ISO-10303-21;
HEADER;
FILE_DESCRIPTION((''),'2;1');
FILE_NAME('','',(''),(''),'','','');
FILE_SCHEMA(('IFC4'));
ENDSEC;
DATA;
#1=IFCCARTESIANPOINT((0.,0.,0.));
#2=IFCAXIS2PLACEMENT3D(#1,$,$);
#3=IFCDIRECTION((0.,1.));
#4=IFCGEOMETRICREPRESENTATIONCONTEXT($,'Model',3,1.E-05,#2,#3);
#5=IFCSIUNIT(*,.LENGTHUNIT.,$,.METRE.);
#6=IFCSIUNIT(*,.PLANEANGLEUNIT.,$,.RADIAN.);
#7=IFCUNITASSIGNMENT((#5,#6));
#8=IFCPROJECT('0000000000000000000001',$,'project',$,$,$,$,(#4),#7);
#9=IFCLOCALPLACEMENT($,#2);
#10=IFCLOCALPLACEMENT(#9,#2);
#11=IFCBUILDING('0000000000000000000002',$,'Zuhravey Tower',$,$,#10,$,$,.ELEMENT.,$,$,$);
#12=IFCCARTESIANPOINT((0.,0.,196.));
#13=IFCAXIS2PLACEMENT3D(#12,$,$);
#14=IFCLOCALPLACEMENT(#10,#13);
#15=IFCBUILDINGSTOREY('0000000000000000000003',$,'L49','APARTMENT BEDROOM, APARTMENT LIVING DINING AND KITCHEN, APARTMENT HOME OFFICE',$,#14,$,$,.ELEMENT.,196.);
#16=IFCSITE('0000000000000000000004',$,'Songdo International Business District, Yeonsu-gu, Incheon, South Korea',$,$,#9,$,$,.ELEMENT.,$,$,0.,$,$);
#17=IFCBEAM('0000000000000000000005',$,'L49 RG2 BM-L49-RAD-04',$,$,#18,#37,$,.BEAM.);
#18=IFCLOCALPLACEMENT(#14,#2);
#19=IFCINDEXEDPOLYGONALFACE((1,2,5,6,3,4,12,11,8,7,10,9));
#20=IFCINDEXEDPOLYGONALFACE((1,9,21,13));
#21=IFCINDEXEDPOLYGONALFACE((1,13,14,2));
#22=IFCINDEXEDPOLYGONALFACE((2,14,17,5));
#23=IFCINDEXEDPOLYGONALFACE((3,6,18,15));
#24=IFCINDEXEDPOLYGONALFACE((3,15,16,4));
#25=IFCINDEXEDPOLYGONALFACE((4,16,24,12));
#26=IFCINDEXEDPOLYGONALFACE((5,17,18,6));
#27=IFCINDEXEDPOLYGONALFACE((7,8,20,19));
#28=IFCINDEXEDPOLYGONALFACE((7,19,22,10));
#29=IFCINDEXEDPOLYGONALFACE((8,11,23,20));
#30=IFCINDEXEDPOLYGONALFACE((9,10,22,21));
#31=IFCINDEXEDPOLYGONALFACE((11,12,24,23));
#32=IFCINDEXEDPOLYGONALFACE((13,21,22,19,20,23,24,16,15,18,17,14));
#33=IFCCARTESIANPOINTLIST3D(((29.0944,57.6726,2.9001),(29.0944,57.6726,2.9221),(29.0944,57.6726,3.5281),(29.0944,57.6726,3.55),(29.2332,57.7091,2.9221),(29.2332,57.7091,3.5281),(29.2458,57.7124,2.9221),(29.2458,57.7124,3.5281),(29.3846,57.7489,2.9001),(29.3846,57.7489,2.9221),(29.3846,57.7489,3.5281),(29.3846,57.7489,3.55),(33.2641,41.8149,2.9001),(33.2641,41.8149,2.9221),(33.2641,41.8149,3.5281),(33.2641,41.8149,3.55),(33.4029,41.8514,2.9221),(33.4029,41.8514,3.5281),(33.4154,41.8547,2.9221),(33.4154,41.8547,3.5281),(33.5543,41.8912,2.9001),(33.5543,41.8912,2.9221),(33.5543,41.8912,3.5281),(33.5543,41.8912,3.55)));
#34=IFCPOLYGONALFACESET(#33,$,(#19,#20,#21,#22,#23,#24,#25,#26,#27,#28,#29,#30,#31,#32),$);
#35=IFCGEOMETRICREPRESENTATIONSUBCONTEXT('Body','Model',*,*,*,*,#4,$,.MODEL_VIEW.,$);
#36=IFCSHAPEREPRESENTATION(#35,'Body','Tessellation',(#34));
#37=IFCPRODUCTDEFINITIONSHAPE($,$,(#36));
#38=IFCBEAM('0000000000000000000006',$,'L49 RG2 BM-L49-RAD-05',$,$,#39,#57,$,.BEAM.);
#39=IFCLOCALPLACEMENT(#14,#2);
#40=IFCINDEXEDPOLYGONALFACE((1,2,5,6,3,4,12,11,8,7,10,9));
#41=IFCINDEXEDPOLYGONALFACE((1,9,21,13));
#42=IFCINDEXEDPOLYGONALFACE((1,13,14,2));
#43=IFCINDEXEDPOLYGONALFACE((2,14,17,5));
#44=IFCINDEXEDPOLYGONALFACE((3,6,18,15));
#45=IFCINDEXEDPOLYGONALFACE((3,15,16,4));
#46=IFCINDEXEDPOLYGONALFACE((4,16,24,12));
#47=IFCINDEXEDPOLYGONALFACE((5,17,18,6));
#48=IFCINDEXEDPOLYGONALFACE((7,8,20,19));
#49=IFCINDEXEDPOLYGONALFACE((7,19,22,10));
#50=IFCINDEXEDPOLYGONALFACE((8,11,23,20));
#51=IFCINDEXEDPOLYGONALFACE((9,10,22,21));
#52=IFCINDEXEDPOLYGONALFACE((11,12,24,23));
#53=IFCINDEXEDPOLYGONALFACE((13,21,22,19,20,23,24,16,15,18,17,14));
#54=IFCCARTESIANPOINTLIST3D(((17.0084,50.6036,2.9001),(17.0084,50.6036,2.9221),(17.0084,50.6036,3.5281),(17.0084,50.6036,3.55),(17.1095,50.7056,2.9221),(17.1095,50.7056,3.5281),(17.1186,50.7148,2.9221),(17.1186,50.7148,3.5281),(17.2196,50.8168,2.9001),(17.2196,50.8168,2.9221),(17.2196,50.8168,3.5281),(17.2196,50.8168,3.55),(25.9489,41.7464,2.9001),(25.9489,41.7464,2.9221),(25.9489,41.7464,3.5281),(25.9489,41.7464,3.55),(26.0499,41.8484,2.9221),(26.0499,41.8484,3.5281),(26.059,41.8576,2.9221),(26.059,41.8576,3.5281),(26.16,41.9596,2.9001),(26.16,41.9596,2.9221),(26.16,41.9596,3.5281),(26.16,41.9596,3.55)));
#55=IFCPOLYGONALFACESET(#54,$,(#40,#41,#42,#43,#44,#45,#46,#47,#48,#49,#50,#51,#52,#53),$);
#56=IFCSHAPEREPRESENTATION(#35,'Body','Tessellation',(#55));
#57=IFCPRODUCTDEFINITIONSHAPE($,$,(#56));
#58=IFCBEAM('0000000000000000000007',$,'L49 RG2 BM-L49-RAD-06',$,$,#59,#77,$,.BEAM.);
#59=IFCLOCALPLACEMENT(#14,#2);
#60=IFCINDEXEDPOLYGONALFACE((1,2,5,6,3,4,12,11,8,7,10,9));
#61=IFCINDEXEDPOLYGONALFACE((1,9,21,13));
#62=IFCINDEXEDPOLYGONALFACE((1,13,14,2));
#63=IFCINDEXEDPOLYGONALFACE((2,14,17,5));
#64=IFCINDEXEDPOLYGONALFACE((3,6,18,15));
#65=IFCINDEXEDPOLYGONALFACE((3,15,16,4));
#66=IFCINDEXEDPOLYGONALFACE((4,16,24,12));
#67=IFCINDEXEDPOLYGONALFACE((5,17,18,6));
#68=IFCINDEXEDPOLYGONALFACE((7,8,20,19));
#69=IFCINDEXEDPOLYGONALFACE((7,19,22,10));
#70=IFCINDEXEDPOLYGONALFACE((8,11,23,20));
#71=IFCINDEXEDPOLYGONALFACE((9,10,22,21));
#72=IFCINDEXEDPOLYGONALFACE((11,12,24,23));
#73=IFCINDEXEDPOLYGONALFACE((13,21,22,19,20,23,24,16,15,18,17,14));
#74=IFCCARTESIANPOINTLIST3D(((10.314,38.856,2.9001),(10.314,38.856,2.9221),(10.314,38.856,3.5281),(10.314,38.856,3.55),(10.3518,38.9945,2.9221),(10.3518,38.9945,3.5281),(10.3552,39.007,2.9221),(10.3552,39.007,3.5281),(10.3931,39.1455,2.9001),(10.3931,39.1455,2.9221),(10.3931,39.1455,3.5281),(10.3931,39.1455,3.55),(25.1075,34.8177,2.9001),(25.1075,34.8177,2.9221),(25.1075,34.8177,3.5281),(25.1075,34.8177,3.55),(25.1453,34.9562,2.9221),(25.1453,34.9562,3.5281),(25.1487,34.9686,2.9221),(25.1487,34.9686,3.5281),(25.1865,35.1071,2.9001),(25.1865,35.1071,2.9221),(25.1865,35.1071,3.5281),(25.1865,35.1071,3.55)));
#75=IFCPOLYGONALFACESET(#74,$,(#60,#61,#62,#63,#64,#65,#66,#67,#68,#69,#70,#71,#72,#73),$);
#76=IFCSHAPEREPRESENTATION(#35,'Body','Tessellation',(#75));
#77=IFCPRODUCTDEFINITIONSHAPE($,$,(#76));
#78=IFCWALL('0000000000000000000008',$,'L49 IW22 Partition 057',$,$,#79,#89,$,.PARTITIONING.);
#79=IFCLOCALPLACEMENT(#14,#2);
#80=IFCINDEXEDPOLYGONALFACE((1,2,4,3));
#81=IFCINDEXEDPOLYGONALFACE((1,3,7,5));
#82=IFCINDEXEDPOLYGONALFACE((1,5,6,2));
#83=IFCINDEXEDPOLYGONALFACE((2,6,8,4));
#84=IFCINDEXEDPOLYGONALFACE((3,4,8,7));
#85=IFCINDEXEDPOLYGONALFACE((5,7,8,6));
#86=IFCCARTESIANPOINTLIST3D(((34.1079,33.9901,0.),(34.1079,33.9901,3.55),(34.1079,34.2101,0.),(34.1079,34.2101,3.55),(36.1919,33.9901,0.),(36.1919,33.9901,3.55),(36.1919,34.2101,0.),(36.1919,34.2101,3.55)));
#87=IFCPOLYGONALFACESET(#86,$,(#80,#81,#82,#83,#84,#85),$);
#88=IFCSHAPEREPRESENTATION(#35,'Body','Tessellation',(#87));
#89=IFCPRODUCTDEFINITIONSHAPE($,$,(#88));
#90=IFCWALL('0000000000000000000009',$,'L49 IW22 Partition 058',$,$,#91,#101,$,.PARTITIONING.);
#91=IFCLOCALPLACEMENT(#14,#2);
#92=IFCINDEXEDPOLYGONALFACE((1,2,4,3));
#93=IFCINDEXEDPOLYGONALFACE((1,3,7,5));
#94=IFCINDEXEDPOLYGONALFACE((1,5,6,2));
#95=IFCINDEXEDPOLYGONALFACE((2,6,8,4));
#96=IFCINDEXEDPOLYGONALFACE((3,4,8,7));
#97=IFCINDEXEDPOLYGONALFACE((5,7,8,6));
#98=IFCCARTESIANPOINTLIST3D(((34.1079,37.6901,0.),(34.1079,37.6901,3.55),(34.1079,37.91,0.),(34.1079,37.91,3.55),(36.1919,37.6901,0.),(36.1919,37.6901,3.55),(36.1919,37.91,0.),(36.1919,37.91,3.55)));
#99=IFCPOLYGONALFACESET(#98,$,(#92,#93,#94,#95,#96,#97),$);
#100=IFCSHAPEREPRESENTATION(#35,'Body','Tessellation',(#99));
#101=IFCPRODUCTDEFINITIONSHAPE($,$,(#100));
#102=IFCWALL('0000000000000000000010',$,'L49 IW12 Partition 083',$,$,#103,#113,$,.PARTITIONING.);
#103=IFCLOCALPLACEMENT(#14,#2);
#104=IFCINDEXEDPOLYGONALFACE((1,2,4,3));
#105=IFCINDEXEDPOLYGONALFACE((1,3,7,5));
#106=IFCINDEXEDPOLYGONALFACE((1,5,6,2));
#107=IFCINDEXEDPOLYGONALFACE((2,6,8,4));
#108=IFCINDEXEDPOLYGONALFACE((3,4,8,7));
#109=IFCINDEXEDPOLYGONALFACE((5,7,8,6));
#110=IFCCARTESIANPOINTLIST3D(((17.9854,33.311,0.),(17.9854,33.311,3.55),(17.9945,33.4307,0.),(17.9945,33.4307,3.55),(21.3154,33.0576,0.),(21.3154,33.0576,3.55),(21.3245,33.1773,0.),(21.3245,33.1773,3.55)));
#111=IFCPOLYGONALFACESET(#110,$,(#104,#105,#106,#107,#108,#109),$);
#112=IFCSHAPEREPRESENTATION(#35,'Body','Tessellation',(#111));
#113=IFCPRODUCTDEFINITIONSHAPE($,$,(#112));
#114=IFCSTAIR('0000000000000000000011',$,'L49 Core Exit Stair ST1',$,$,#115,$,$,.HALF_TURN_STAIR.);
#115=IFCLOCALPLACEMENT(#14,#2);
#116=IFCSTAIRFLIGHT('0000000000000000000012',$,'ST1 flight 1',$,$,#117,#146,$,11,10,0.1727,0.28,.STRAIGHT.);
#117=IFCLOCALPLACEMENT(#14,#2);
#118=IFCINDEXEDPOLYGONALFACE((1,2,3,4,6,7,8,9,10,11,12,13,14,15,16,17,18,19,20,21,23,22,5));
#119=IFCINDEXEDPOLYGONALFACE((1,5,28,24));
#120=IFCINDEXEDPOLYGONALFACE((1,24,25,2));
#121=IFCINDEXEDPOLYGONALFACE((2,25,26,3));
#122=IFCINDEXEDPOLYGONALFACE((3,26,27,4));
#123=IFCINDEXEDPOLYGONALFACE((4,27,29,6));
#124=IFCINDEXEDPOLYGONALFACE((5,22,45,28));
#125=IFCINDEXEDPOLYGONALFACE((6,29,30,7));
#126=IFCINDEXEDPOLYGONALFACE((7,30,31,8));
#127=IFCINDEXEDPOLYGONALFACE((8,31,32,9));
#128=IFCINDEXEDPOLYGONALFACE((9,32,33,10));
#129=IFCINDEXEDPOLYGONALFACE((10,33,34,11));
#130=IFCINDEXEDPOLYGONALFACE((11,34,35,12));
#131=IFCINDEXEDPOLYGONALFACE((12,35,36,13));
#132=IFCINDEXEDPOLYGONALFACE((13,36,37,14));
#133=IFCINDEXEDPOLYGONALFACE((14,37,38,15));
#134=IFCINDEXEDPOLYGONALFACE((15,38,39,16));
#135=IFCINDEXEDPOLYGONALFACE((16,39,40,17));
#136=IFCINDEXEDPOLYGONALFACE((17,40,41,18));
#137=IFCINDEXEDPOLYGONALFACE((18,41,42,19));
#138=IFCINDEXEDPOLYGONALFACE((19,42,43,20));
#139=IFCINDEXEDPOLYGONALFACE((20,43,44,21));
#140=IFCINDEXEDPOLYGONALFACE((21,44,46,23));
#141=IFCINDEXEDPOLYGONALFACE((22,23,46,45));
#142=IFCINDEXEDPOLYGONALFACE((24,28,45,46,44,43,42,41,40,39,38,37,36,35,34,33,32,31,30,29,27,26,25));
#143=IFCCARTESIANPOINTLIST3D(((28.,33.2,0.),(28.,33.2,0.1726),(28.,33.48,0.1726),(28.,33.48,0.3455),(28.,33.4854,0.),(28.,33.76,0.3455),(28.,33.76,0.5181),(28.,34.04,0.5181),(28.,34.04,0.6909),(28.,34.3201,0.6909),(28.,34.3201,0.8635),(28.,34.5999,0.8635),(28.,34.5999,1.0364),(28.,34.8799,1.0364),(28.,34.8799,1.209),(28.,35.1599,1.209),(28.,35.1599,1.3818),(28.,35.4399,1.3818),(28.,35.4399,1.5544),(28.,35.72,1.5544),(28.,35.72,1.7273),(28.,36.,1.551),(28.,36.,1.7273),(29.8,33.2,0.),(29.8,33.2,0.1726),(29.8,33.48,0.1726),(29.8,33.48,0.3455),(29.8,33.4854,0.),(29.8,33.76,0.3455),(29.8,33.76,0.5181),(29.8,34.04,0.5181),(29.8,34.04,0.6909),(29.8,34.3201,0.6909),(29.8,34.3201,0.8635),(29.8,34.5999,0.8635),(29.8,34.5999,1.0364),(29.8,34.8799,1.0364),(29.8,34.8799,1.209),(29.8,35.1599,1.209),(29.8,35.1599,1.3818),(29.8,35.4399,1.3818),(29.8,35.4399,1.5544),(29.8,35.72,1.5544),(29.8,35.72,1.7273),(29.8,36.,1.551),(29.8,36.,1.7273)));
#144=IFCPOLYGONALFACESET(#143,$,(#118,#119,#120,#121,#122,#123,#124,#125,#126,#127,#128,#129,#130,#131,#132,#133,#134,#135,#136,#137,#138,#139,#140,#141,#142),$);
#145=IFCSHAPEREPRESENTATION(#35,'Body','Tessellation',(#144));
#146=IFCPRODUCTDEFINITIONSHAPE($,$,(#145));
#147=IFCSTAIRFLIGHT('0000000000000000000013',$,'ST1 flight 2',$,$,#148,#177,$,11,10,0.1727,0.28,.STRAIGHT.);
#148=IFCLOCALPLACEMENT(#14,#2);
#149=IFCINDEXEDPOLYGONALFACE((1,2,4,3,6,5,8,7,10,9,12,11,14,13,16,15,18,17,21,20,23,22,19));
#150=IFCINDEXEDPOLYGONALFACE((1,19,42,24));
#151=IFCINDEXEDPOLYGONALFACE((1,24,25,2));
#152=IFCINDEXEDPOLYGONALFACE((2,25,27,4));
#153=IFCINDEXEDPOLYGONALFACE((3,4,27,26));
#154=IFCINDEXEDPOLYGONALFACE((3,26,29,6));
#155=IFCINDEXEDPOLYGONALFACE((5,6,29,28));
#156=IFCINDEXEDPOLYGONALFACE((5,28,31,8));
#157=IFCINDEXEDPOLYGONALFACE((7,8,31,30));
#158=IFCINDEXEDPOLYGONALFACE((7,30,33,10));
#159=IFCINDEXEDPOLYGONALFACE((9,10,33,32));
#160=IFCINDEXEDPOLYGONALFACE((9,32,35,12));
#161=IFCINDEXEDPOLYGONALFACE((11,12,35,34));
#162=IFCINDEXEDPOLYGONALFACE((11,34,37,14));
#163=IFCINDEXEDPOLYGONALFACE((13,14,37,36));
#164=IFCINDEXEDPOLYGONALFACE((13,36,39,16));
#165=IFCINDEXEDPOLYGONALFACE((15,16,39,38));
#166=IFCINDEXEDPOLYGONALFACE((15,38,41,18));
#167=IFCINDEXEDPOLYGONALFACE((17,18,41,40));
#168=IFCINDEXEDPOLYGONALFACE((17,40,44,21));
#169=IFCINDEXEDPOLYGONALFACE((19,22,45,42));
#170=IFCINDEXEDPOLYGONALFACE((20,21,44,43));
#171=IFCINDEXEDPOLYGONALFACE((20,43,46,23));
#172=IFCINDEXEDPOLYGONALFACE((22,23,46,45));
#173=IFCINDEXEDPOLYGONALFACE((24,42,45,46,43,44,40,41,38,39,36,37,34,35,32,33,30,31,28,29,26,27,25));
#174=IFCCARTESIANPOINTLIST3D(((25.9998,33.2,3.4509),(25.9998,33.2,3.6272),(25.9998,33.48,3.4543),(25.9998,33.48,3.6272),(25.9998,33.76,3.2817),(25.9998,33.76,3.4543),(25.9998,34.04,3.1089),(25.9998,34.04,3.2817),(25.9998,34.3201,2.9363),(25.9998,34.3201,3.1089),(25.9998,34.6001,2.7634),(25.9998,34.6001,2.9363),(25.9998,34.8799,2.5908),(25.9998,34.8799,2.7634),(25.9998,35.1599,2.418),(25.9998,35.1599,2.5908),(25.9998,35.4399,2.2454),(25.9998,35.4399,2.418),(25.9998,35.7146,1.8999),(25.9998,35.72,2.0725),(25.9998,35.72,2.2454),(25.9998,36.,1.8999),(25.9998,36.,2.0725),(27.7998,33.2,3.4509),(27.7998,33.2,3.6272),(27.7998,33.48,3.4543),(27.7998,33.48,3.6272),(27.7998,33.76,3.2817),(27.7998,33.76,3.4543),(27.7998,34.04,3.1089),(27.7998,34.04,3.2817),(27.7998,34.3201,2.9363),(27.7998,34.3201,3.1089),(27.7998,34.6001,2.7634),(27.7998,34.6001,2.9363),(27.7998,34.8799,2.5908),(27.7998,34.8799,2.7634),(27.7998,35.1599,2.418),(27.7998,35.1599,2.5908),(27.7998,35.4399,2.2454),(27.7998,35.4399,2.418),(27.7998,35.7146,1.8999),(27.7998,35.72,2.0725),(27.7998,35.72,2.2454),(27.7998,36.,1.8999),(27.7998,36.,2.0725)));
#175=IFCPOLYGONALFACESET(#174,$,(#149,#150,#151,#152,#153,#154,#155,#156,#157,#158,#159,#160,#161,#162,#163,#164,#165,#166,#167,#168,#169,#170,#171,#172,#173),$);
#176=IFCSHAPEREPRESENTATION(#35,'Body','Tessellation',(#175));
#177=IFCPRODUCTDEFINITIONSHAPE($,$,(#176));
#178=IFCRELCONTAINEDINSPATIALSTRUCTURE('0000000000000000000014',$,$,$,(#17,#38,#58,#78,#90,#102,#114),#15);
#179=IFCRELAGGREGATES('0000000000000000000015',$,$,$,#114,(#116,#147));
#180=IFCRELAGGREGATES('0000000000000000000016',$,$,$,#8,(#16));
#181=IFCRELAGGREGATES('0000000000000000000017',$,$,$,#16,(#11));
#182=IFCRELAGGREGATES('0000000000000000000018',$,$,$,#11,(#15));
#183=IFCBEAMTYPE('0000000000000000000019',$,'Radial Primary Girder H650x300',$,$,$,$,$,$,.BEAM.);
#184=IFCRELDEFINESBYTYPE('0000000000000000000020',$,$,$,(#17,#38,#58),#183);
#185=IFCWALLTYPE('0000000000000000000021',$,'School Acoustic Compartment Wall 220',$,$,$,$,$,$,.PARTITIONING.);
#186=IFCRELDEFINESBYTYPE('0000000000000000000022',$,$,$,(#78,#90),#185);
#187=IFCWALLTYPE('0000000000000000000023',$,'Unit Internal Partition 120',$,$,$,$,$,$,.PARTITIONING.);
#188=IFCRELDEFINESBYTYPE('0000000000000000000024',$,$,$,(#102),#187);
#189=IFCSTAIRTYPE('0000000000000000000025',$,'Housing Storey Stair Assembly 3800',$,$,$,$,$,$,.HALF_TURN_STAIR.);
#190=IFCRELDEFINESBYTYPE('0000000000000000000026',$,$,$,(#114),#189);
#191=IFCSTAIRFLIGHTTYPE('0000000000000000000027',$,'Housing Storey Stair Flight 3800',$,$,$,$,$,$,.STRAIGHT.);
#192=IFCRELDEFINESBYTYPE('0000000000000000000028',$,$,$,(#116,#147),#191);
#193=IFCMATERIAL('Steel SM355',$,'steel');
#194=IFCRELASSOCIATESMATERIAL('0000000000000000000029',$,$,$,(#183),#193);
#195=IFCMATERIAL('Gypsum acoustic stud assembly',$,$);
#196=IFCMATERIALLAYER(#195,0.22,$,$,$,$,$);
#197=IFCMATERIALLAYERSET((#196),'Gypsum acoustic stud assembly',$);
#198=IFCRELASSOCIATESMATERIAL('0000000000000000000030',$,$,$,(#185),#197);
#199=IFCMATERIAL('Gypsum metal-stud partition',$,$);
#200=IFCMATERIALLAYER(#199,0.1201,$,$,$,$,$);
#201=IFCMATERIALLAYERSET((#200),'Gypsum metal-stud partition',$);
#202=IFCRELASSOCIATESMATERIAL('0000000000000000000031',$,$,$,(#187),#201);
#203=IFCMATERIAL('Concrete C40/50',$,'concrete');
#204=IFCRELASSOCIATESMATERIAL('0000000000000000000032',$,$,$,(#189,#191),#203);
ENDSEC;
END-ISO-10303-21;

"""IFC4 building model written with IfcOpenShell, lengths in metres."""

from ifc_helpers import new_model, si_unit, direction, frame, frame_2d, origin, origin_2d, place, context, subcontext, project, spatial, polyline, rectangle, i_section, outline, extrude, material, layer, layer_set, material_profile, profile_set, type_object, element, aggregate, save


model = new_model("IFC4")

# Units and contexts
model_context = context("Model", 3, precision=1e-05, world=origin(), true_north=direction((0.0, 1.0)))
body_context = subcontext(model_context, "Body", "Model", "MODEL_VIEW")
ifc_project = project(units=[si_unit("LENGTHUNIT", "METRE"), si_unit("PLANEANGLEUNIT", "RADIAN")], contexts=[model_context])

# Site, building, storey
site_placement = place(None, origin())
site = spatial("IfcSite", under=ifc_project, at=site_placement, Name="Songdo International Business District, Yeonsu-gu, Incheon, South Korea", CompositionType="ELEMENT", RefElevation=0.0)
building_placement = place(site_placement, origin())
building = spatial("IfcBuilding", under=site, at=building_placement, Name="Zuhravey Tower", CompositionType="ELEMENT")
storey_placement = place(building_placement, frame((0.0, 0.0, 196.0)))
storey = spatial("IfcBuildingStorey", under=building, at=storey_placement, Name="L49", Description="APARTMENT BEDROOM, APARTMENT LIVING DINING AND KITCHEN, APARTMENT HOME OFFICE", CompositionType="ELEMENT", Elevation=196.0)

# Beams
ifc_material_1 = material(Name="Steel SM355", Category="steel")
ifc_material_profile = material_profile(ifc_material_1, i_section(OverallWidth=0.3, OverallDepth=0.6499, WebThickness=0.0129, FlangeThickness=0.022, at=origin_2d()), Name="H-650x300x13x22")
ifc_profile_set = profile_set([ifc_material_profile], Name="Steel SM355")
beam_type = type_object("IfcBeamType", Name="Radial Primary Girder H650x300", PredefinedType="BEAM", material=ifc_profile_set)
beam_1_placement = place(storey_placement, frame((33.4092, 41.853, 3.2251), z_axis=(-0.2543, 0.967125, 0.0), x_axis=(-0.967125, -0.2543, 0.0)))
element("IfcBeam", 1, at=beam_1_placement, inside=storey, type_object=beam_type, Name="L49 RG2 BM-L49-RAD-04", PredefinedType="BEAM", context=body_context, shape_type="SweptSolid", body=[
    extrude(i_section(OverallWidth=0.3, OverallDepth=0.6499, WebThickness=0.0129, FlangeThickness=0.022, at=origin_2d()), origin(), (0.0, 0.0, 1.0), 16.3967),
])
beam_2_placement = place(storey_placement, frame((26.0544, 41.853, 3.2251), z_axis=(-0.710407, 0.703791, 0.0), x_axis=(-0.703791, -0.710407, 0.0)))
element("IfcBeam", 2, at=beam_2_placement, inside=storey, type_object=beam_type, Name="L49 RG2 BM-L49-RAD-05", PredefinedType="BEAM", context=body_context, shape_type="SweptSolid", body=[
    extrude(i_section(OverallWidth=0.3, OverallDepth=0.6499, WebThickness=0.0129, FlangeThickness=0.022, at=origin_2d()), origin(), (0.0, 0.0, 1.0), 12.585),
])
beam_3_placement = place(storey_placement, frame((25.147, 34.9624, 3.2251), z_axis=(-0.964702, 0.263345, 0.0), x_axis=(-0.263345, -0.964702, 0.0)))
element("IfcBeam", 3, at=beam_3_placement, inside=storey, type_object=beam_type, Name="L49 RG2 BM-L49-RAD-06", PredefinedType="BEAM", context=body_context, shape_type="SweptSolid", body=[
    extrude(i_section(OverallWidth=0.3, OverallDepth=0.6499, WebThickness=0.0129, FlangeThickness=0.022, at=origin_2d()), origin(), (0.0, 0.0, 1.0), 15.3347),
])

# Walls
ifc_material_2 = material(Name="Gypsum acoustic stud assembly")
ifc_layer_1 = layer(ifc_material_2, 0.22)
ifc_layer_set_1 = layer_set([ifc_layer_1], Name="Gypsum acoustic stud assembly")
wall_type_1 = type_object("IfcWallType", Name="School Acoustic Compartment Wall 220", PredefinedType="PARTITIONING", material=ifc_layer_set_1)
for number, where, z_axis, x_axis, name in (
    (4, (34.1079, 34.1001, 0.0), (0.0, 0.0, 1.0), (1.0, 0.0, 0.0), "L49 IW22 Partition 057"),
    (5, (34.1079, 37.8, 0.0), (0.0, 0.0, 1.0), (1.0, 0.0, 0.0), "L49 IW22 Partition 058"),
):
    element("IfcWall", number, at=place(storey_placement, frame(where, z_axis=z_axis, x_axis=x_axis)), inside=storey, type_object=wall_type_1, Name=name, PredefinedType="PARTITIONING", context=body_context, shape_type="SweptSolid", body=[
        extrude(rectangle(XDim=2.084, YDim=0.22, at=frame_2d((1.042, 0.0))), origin(), (0.0, 0.0, 1.0), 3.55),
    ])
ifc_material_3 = material(Name="Gypsum metal-stud partition")
ifc_layer_2 = layer(ifc_material_3, 0.1201)
ifc_layer_set_2 = layer_set([ifc_layer_2], Name="Gypsum metal-stud partition")
wall_type_2 = type_object("IfcWallType", Name="Unit Internal Partition 120", PredefinedType="PARTITIONING", material=ifc_layer_set_2)
wall_1_placement = place(storey_placement, frame((21.3201, 33.1174, 0.0), z_axis=(0.0, 0.0, 1.0), x_axis=(-0.997117, 0.07588, 0.0)))
element("IfcWall", 6, at=wall_1_placement, inside=storey, type_object=wall_type_2, Name="L49 IW12 Partition 083", PredefinedType="PARTITIONING", context=body_context, shape_type="SweptSolid", body=[
    extrude(rectangle(XDim=3.3396, YDim=0.1201, at=frame_2d((1.6699, 0.0))), origin(), (0.0, 0.0, 1.0), 3.55),
])

# Stair, stair flights
ifc_material_4 = material(Name="Concrete C40/50", Category="concrete")
stair_type = type_object("IfcStairType", Name="Housing Storey Stair Assembly 3800", PredefinedType="HALF_TURN_STAIR", material=ifc_material_4)
stair_1_placement = place(storey_placement, origin())
stair_1 = element("IfcStair", 7, at=stair_1_placement, inside=storey, type_object=stair_type, Name="L49 Core Exit Stair ST1", PredefinedType="HALF_TURN_STAIR")
stair_flight_type = type_object("IfcStairFlightType", Name="Housing Storey Stair Flight 3800", PredefinedType="STRAIGHT", material=ifc_material_4)
stair_flight_1_placement = place(storey_placement, frame((28.8999, 33.2, 0.0), z_axis=(0.0, 0.0, 1.0), x_axis=(0.0, 1.0, 0.0)))
stair_flight_1 = element("IfcStairFlight", 8, at=stair_flight_1_placement, type_object=stair_flight_type, Name="ST1 flight 1", NumberOfRisers=11, NumberOfTreads=10, PredefinedType="STRAIGHT", RiserHeight=0.1727, TreadLength=0.28, context=body_context, shape_type="SweptSolid", body=[
    extrude(outline(polyline([(0.0, 0.0), (0.0, 0.1726), (0.28, 0.1726), (0.28, 0.3455), (0.5601, 0.3455), (0.5601, 0.5181), (0.8401, 0.5181), (0.8401, 0.6909), (1.1201, 0.6909), (1.1201, 0.8635), (1.3999, 0.8635), (1.3999, 1.0364), (1.6799, 1.0364), (1.6799, 1.209), (1.96, 1.209), (1.96, 1.3818), (2.24, 1.3818), (2.24, 1.5544), (2.52, 1.5544), (2.52, 1.7273), (2.8, 1.7273), (2.8, 1.8999), (2.8, 1.551), (0.2854, 0.0), (0.0, 0.0)])), frame((0.0, 0.8999, 0.0), z_axis=(0.0, -1.0, 0.0), x_axis=(1.0, 0.0, 0.0)), (0.0, 0.0, 1.0), 1.8),
])
stair_flight_2_placement = place(storey_placement, frame((26.8999, 36.0, 1.8999), z_axis=(0.0, 0.0, 1.0), x_axis=(0.0, -1.0, 0.0)))
stair_flight_2 = element("IfcStairFlight", 9, at=stair_flight_2_placement, type_object=stair_flight_type, Name="ST1 flight 2", NumberOfRisers=11, NumberOfTreads=10, PredefinedType="STRAIGHT", RiserHeight=0.1727, TreadLength=0.28, context=body_context, shape_type="SweptSolid", body=[
    extrude(outline(polyline([(0.0, 0.0), (0.0, 0.1726), (0.28, 0.1726), (0.28, 0.3455), (0.5601, 0.3455), (0.5601, 0.5181), (0.8401, 0.5181), (0.8401, 0.6909), (1.1201, 0.6909), (1.1201, 0.8635), (1.3999, 0.8635), (1.3999, 1.0364), (1.6799, 1.0364), (1.6799, 1.209), (1.96, 1.209), (1.96, 1.3818), (2.24, 1.3818), (2.24, 1.5544), (2.52, 1.5544), (2.52, 1.7273), (2.8, 1.7273), (2.8, 1.8999), (2.8, 1.551), (0.2854, 0.0), (0.0, 0.0)])), frame((0.0, 0.8999, 0.0), z_axis=(0.0, -1.0, 0.0), x_axis=(1.0, 0.0, 0.0)), (0.0, 0.0, 1.0), 1.8),
])
aggregate(stair_1, [stair_flight_1, stair_flight_2])

save(model, "model.ifc")
